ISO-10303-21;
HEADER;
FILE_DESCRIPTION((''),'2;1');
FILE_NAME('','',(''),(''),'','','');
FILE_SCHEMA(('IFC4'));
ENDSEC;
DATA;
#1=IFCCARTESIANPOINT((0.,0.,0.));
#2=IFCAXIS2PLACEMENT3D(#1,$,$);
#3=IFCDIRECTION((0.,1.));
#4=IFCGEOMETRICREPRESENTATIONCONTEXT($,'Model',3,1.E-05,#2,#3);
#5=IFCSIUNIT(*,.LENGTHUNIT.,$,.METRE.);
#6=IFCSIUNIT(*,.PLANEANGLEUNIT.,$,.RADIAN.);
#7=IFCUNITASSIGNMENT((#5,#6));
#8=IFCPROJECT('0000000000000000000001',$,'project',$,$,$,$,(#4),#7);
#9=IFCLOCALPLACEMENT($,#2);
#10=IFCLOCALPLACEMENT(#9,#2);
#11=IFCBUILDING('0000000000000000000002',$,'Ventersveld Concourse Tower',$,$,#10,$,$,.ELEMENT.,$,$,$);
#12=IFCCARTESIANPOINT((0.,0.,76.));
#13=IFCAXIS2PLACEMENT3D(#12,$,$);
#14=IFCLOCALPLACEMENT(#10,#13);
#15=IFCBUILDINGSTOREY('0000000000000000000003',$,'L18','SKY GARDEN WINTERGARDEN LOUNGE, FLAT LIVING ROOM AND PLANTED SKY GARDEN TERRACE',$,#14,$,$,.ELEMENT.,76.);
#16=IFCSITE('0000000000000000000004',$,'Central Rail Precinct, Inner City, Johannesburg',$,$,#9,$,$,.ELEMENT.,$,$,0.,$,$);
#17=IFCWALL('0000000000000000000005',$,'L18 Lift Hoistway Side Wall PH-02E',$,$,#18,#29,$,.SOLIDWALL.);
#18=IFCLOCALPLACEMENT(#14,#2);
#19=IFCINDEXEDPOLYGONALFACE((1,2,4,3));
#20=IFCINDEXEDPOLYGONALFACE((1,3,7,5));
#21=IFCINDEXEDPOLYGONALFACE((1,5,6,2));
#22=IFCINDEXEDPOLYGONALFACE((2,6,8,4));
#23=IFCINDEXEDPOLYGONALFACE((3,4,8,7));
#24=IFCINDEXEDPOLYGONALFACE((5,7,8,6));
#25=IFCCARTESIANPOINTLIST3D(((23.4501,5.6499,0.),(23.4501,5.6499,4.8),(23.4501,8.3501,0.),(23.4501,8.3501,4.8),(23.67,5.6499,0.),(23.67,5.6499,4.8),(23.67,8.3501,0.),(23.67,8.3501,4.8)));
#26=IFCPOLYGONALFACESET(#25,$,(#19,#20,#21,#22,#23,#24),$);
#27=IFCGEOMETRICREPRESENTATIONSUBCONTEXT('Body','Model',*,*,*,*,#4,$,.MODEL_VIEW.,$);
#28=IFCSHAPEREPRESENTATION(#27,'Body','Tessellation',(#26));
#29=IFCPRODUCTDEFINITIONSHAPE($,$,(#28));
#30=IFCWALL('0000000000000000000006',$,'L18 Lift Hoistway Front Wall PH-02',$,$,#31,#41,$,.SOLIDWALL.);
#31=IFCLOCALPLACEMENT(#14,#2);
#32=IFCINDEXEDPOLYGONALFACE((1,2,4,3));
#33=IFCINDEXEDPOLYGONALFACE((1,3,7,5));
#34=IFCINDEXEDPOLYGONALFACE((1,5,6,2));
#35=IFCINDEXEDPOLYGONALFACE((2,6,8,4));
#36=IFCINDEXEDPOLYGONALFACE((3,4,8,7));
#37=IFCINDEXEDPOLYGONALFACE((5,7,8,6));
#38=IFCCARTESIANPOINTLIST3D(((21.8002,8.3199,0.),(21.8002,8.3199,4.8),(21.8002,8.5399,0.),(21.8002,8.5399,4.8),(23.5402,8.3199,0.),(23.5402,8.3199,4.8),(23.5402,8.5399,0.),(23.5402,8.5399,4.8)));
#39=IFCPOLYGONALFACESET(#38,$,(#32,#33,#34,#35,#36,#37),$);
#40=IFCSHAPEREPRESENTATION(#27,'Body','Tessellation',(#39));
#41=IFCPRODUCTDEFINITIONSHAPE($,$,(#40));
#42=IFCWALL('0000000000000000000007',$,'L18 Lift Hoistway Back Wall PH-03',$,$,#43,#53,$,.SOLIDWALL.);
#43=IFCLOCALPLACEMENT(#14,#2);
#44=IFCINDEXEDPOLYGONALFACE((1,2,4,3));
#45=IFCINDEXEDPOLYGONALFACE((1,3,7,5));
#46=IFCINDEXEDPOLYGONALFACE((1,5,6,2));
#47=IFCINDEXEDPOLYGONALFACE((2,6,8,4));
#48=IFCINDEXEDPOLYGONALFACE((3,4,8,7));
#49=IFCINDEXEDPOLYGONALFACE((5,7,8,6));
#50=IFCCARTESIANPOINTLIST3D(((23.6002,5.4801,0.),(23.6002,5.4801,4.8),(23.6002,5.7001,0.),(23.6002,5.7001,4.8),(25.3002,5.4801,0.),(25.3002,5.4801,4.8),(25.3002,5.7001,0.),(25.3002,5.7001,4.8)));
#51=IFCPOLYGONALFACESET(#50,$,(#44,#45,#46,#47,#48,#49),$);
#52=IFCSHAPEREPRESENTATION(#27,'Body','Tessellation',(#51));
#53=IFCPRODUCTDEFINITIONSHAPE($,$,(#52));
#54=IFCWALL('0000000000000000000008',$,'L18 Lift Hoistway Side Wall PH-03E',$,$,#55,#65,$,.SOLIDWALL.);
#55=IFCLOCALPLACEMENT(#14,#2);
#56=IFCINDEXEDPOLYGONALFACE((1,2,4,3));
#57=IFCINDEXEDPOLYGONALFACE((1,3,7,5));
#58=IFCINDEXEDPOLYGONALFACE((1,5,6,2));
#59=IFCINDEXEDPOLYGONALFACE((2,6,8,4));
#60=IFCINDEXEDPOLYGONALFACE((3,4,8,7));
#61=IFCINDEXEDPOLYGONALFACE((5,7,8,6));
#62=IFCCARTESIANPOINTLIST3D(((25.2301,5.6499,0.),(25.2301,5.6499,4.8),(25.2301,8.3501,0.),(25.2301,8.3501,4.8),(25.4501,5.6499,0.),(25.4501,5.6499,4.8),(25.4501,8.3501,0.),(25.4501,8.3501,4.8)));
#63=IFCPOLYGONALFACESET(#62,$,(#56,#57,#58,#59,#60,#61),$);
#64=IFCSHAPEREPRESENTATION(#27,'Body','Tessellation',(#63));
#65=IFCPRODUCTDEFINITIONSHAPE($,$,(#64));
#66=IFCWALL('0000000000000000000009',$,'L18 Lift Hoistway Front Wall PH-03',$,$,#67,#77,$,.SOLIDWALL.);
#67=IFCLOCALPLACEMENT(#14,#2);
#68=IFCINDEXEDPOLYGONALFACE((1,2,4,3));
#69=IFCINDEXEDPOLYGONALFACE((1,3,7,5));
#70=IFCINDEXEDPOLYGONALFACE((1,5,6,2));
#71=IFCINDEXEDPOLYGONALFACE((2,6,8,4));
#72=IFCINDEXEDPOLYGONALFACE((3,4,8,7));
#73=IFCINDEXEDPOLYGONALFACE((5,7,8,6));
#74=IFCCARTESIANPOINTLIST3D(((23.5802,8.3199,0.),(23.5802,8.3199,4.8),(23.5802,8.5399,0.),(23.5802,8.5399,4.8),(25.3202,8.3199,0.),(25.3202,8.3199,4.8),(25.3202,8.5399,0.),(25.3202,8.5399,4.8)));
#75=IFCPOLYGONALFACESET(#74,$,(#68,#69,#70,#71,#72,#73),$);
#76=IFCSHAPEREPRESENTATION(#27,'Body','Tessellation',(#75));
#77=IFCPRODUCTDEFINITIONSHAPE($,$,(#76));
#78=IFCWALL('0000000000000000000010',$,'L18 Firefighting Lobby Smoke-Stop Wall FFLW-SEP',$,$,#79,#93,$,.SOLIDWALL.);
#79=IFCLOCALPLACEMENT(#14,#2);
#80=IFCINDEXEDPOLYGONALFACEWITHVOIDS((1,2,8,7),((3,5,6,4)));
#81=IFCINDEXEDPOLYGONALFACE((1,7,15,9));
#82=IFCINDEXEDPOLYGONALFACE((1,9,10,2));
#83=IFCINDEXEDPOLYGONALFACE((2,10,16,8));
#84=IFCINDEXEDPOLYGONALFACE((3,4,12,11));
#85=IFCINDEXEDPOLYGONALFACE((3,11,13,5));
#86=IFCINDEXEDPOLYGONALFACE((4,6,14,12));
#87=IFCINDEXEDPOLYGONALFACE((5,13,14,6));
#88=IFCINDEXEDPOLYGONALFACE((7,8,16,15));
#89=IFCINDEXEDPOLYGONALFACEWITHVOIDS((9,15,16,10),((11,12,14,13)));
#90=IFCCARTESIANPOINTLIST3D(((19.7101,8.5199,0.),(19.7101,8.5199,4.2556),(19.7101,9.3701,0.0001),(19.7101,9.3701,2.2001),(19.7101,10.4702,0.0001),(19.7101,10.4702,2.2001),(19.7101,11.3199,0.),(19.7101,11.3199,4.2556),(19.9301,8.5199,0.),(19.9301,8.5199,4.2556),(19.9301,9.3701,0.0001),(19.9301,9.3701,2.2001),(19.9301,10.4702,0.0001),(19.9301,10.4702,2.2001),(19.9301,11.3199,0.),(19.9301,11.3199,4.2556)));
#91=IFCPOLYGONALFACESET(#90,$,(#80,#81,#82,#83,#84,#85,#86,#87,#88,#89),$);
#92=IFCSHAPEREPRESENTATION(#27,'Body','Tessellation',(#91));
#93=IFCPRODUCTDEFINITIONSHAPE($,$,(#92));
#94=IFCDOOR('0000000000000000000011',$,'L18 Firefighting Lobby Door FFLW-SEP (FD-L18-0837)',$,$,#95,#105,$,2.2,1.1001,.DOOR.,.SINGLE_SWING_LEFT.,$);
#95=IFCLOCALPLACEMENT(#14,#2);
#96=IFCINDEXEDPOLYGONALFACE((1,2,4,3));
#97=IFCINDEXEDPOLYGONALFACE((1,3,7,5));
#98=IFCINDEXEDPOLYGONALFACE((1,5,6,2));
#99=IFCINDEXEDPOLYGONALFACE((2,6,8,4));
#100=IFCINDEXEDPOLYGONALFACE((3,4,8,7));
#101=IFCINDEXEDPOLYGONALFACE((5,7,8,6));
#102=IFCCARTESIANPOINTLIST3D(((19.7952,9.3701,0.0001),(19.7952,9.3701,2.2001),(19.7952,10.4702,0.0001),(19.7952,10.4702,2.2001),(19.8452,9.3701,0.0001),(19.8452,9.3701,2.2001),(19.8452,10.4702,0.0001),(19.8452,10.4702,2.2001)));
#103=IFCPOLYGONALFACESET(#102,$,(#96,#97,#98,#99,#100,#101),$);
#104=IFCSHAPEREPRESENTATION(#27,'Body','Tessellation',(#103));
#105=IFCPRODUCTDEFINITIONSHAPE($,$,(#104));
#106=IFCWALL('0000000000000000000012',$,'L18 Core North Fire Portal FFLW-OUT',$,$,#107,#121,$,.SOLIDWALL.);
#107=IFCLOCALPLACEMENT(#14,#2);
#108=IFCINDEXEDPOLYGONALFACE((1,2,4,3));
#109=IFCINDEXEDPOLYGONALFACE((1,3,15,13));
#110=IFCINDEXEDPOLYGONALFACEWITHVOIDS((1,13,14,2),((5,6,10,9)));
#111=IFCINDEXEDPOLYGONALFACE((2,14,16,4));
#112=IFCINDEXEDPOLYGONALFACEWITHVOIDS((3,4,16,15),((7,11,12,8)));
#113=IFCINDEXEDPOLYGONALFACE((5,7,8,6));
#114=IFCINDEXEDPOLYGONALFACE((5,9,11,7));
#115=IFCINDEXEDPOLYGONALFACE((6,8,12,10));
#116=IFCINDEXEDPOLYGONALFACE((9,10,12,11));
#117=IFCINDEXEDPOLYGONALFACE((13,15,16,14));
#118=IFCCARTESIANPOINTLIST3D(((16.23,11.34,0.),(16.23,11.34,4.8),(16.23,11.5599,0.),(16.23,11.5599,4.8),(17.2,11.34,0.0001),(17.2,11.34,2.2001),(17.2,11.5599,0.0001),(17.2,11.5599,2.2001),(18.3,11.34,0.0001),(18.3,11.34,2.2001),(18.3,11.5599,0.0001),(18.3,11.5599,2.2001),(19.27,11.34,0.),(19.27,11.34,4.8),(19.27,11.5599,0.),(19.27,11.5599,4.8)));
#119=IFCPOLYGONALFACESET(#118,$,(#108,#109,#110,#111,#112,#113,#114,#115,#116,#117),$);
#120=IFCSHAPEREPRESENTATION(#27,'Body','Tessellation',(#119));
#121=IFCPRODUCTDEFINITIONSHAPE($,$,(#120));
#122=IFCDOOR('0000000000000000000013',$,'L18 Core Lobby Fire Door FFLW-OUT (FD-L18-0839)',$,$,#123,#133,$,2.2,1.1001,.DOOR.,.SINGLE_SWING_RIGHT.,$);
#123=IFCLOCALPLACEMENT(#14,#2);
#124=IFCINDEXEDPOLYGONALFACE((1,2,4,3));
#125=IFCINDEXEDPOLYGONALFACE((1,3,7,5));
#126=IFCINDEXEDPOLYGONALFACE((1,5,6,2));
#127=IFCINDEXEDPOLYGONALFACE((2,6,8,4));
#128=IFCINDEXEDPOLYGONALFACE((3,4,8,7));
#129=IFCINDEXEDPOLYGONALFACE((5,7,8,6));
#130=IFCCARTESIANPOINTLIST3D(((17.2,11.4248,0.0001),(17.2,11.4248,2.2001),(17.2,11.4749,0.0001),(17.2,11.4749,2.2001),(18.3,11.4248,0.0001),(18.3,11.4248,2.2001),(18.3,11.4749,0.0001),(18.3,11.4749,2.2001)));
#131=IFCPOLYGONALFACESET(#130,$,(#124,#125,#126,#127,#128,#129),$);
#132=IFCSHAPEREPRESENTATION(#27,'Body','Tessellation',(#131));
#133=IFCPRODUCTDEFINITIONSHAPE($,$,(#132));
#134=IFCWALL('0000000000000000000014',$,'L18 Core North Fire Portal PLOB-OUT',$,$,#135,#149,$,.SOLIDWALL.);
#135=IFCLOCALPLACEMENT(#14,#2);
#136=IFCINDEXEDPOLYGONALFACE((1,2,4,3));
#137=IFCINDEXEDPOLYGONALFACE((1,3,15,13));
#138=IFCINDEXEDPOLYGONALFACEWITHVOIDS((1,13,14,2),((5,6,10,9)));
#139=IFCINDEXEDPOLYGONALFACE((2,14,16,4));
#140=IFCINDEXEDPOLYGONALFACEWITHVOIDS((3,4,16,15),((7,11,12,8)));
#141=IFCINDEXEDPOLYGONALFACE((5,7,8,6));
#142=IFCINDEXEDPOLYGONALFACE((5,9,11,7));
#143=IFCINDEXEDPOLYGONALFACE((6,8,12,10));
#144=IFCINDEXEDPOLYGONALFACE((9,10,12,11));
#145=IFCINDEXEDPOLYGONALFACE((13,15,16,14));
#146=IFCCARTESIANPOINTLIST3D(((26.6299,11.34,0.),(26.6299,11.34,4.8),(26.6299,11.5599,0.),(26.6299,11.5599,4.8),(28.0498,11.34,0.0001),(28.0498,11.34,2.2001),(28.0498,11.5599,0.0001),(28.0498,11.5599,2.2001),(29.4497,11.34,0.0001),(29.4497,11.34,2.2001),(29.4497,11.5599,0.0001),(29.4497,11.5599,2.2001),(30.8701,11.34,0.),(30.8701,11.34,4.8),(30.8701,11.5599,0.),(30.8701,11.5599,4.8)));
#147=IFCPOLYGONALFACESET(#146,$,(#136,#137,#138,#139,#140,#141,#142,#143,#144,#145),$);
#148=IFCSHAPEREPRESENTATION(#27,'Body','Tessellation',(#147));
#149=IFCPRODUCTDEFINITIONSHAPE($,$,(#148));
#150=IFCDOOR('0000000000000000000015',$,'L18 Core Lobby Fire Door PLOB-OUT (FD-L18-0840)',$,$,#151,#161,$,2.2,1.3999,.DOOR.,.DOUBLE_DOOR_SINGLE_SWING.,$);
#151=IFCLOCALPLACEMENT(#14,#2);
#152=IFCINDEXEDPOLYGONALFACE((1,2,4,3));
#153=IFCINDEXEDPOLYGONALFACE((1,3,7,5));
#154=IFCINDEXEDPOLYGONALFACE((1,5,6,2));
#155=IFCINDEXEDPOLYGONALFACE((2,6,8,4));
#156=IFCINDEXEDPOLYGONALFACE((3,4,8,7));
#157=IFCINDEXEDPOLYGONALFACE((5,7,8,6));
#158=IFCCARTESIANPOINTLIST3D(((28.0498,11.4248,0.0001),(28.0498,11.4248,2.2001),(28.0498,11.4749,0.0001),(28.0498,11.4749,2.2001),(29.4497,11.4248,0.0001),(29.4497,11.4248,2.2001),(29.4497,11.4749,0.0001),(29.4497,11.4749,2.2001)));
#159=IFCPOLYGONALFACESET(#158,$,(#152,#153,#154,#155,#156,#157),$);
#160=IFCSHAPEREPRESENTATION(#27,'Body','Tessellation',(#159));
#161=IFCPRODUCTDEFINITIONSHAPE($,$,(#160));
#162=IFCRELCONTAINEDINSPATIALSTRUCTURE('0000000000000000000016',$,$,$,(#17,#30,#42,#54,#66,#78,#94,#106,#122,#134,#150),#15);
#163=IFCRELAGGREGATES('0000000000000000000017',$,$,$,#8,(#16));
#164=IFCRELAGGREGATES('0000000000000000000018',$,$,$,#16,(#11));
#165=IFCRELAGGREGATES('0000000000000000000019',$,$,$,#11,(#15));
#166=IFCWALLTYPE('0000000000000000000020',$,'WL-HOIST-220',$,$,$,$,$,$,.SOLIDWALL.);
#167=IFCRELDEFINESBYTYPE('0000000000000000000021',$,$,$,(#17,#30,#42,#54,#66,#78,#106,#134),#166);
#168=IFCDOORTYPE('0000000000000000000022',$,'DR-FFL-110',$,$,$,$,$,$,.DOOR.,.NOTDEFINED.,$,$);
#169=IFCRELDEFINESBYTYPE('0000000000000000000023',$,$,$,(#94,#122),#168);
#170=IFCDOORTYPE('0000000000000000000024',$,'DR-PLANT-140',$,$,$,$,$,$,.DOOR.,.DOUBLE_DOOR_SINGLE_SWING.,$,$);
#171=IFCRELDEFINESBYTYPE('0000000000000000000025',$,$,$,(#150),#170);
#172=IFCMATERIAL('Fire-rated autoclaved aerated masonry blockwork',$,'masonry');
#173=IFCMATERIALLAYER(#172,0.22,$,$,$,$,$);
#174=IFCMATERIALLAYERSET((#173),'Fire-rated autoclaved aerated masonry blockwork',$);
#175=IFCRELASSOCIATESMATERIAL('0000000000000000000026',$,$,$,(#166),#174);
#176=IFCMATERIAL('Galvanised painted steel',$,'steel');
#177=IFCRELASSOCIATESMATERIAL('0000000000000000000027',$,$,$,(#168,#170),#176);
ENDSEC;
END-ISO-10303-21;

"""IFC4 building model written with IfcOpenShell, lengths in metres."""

from ifc_helpers import new_model, si_unit, direction, frame, frame_2d, origin, place, context, subcontext, project, spatial, rectangle, extrude, material, layer, layer_set, type_object, element, fill, save


model = new_model("IFC4")

# Units and contexts
model_context = context("Model", 3, precision=1e-05, world=origin(), true_north=direction((0.0, 1.0)))
body_context = subcontext(model_context, "Body", "Model", "MODEL_VIEW")
ifc_project = project(units=[si_unit("LENGTHUNIT", "METRE"), si_unit("PLANEANGLEUNIT", "RADIAN")], contexts=[model_context])

# Site, building, storey
site_placement = place(None, origin())
site = spatial("IfcSite", under=ifc_project, at=site_placement, Name="Central Rail Precinct, Inner City, Johannesburg", CompositionType="ELEMENT", RefElevation=0.0)
building_placement = place(site_placement, origin())
building = spatial("IfcBuilding", under=site, at=building_placement, Name="Ventersveld Concourse Tower", CompositionType="ELEMENT")
storey_placement = place(building_placement, frame((0.0, 0.0, 76.0)))
storey = spatial("IfcBuildingStorey", under=building, at=storey_placement, Name="L18", Description="SKY GARDEN WINTERGARDEN LOUNGE, FLAT LIVING ROOM AND PLANTED SKY GARDEN TERRACE", CompositionType="ELEMENT", Elevation=76.0)

# Shared definitions
ifc_material_1 = material(Name="Fire-rated autoclaved aerated masonry blockwork", Category="masonry")

# Shared definitions
ifc_layer_1 = layer(ifc_material_1, 0.22)
ifc_layer_set_1 = layer_set([ifc_layer_1], Name="Fire-rated autoclaved aerated masonry blockwork")
wall_type_1 = type_object("IfcWallType", Name="WL-HOIST-220", PredefinedType="SOLIDWALL", material=ifc_layer_set_1)

# Walls
wall_1_placement = place(storey_placement, frame((23.5601, 5.6499, 0.0), z_axis=(0.0, 0.0, 1.0), x_axis=(0.0, 1.0, 0.0)))
element("IfcWall", 1, at=wall_1_placement, inside=storey, type_object=wall_type_1, Name="L18 Lift Hoistway Side Wall PH-02E", PredefinedType="SOLIDWALL", context=body_context, shape_type="SweptSolid", body=[
    extrude(rectangle(XDim=2.7002, YDim=0.22, at=frame_2d((1.3501, 0.0))), origin(), (0.0, 0.0, 1.0), 4.8),
])
wall_2_placement = place(storey_placement, frame((21.8, 8.4299, 0.0), z_axis=(0.0, 0.0, 1.0), x_axis=(1.0, 0.0, 0.0)))
element("IfcWall", 2, at=wall_2_placement, inside=storey, type_object=wall_type_1, Name="L18 Lift Hoistway Front Wall PH-02", PredefinedType="SOLIDWALL", context=body_context, shape_type="SweptSolid", body=[
    extrude(rectangle(XDim=1.74, YDim=0.22, at=frame_2d((0.8701, 0.0))), origin(), (0.0, 0.0, 1.0), 4.8),
])
wall_3_placement = place(storey_placement, frame((23.6001, 5.5901, 0.0), z_axis=(0.0, 0.0, 1.0), x_axis=(1.0, 0.0, 0.0)))
element("IfcWall", 3, at=wall_3_placement, inside=storey, type_object=wall_type_1, Name="L18 Lift Hoistway Back Wall PH-03", PredefinedType="SOLIDWALL", context=body_context, shape_type="SweptSolid", body=[
    extrude(rectangle(XDim=1.7, YDim=0.22, at=frame_2d((0.8501, 0.0))), origin(), (0.0, 0.0, 1.0), 4.8),
])
wall_4_placement = place(storey_placement, frame((25.3401, 5.6499, 0.0), z_axis=(0.0, 0.0, 1.0), x_axis=(0.0, 1.0, 0.0)))
element("IfcWall", 4, at=wall_4_placement, inside=storey, type_object=wall_type_1, Name="L18 Lift Hoistway Side Wall PH-03E", PredefinedType="SOLIDWALL", context=body_context, shape_type="SweptSolid", body=[
    extrude(rectangle(XDim=2.7002, YDim=0.22, at=frame_2d((1.3501, 0.0))), origin(), (0.0, 0.0, 1.0), 4.8),
])
wall_5_placement = place(storey_placement, frame((23.5801, 8.4299, 0.0), z_axis=(0.0, 0.0, 1.0), x_axis=(1.0, 0.0, 0.0)))
element("IfcWall", 5, at=wall_5_placement, inside=storey, type_object=wall_type_1, Name="L18 Lift Hoistway Front Wall PH-03", PredefinedType="SOLIDWALL", context=body_context, shape_type="SweptSolid", body=[
    extrude(rectangle(XDim=1.74, YDim=0.22, at=frame_2d((0.8701, 0.0))), origin(), (0.0, 0.0, 1.0), 4.8),
])

# Walls, openings, doors
wall_6_placement = place(storey_placement, frame((19.8201, 8.52, 0.0), z_axis=(0.0, 0.0, 1.0), x_axis=(0.0, 1.0, 0.0)))
wall_6 = element("IfcWall", 6, at=wall_6_placement, inside=storey, type_object=wall_type_1, Name="L18 Firefighting Lobby Smoke-Stop Wall FFLW-SEP", PredefinedType="SOLIDWALL", context=body_context, shape_type="SweptSolid", body=[
    extrude(rectangle(XDim=2.8, YDim=0.22, at=frame_2d((1.3999, 0.0))), origin(), (0.0, 0.0, 1.0), 4.2556),
])
opening_1_placement = place(wall_6_placement, frame((0.8501, 0.0, 0.0)))
opening_1 = element("IfcOpeningElement", 7, at=opening_1_placement, cuts=wall_6, PredefinedType="OPENING", context=body_context, shape_type="SweptSolid", body=[
    extrude(rectangle(XDim=1.1001, YDim=2.2, at=frame_2d((0.55, 1.1001))), frame((0.0, 0.1201, 0.0), z_axis=(0.0, -1.0, 0.0), x_axis=(1.0, 0.0, 0.0)), (0.0, 0.0, 1.0), 0.24),
])
ifc_material_2 = material(Name="Galvanised painted steel", Category="steel")
door_type_1 = type_object("IfcDoorType", Name="DR-FFL-110", OperationType="NOTDEFINED", PredefinedType="DOOR", material=ifc_material_2)
door_1_placement = place(opening_1_placement, origin())
door_1 = element("IfcDoor", 8, at=door_1_placement, inside=storey, type_object=door_type_1, Name="L18 Firefighting Lobby Door FFLW-SEP (FD-L18-0837)", OperationType="SINGLE_SWING_LEFT", OverallHeight=2.2, OverallWidth=1.1001, PredefinedType="DOOR", context=body_context, shape_type="SweptSolid", body=[
    extrude(rectangle(XDim=1.1001, YDim=2.2, at=frame_2d((0.55, 1.1001))), frame((0.0, 0.0249, 0.0), z_axis=(0.0, -1.0, 0.0), x_axis=(1.0, 0.0, 0.0)), (0.0, 0.0, 1.0), 0.05),
])
fill(opening_1, door_1)
wall_7_placement = place(storey_placement, frame((16.23, 11.45, 0.0), z_axis=(0.0, 0.0, 1.0), x_axis=(1.0, 0.0, 0.0)))
wall_7 = element("IfcWall", 9, at=wall_7_placement, inside=storey, type_object=wall_type_1, Name="L18 Core North Fire Portal FFLW-OUT", PredefinedType="SOLIDWALL", context=body_context, shape_type="SweptSolid", body=[
    extrude(rectangle(XDim=3.04, YDim=0.22, at=frame_2d((1.52, 0.0))), origin(), (0.0, 0.0, 1.0), 4.8),
])
opening_2_placement = place(wall_7_placement, frame((0.97, 0.0, 0.0)))
opening_2 = element("IfcOpeningElement", 10, at=opening_2_placement, cuts=wall_7, PredefinedType="OPENING", context=body_context, shape_type="SweptSolid", body=[
    extrude(rectangle(XDim=1.1001, YDim=2.2, at=frame_2d((0.55, 1.1001))), frame((0.0, 0.1201, 0.0), z_axis=(0.0, -1.0, 0.0), x_axis=(1.0, 0.0, 0.0)), (0.0, 0.0, 1.0), 0.24),
])
door_2_placement = place(opening_2_placement, origin())
door_2 = element("IfcDoor", 11, at=door_2_placement, inside=storey, type_object=door_type_1, Name="L18 Core Lobby Fire Door FFLW-OUT (FD-L18-0839)", OperationType="SINGLE_SWING_RIGHT", OverallHeight=2.2, OverallWidth=1.1001, PredefinedType="DOOR", context=body_context, shape_type="SweptSolid", body=[
    extrude(rectangle(XDim=1.1001, YDim=2.2, at=frame_2d((0.55, 1.1001))), frame((0.0, 0.0249, 0.0), z_axis=(0.0, -1.0, 0.0), x_axis=(1.0, 0.0, 0.0)), (0.0, 0.0, 1.0), 0.05),
])
fill(opening_2, door_2)
wall_8_placement = place(storey_placement, frame((26.6299, 11.45, 0.0), z_axis=(0.0, 0.0, 1.0), x_axis=(1.0, 0.0, 0.0)))
wall_8 = element("IfcWall", 12, at=wall_8_placement, inside=storey, type_object=wall_type_1, Name="L18 Core North Fire Portal PLOB-OUT", PredefinedType="SOLIDWALL", context=body_context, shape_type="SweptSolid", body=[
    extrude(rectangle(XDim=4.2402, YDim=0.22, at=frame_2d((2.1201, 0.0))), origin(), (0.0, 0.0, 1.0), 4.8),
])
opening_3_placement = place(wall_8_placement, frame((1.4199, 0.0, 0.0)))
opening_3 = element("IfcOpeningElement", 13, at=opening_3_placement, cuts=wall_8, PredefinedType="OPENING", context=body_context, shape_type="SweptSolid", body=[
    extrude(rectangle(XDim=1.3999, YDim=2.2, at=frame_2d((0.7, 1.1001))), frame((0.0, 0.1201, 0.0), z_axis=(0.0, -1.0, 0.0), x_axis=(1.0, 0.0, 0.0)), (0.0, 0.0, 1.0), 0.24),
])
door_type_2 = type_object("IfcDoorType", Name="DR-PLANT-140", OperationType="DOUBLE_DOOR_SINGLE_SWING", PredefinedType="DOOR", material=ifc_material_2)
door_3_placement = place(opening_3_placement, origin())
door_3 = element("IfcDoor", 14, at=door_3_placement, inside=storey, type_object=door_type_2, Name="L18 Core Lobby Fire Door PLOB-OUT (FD-L18-0840)", OperationType="DOUBLE_DOOR_SINGLE_SWING", OverallHeight=2.2, OverallWidth=1.3999, PredefinedType="DOOR", context=body_context, shape_type="SweptSolid", body=[
    extrude(rectangle(XDim=1.3999, YDim=2.2, at=frame_2d((0.7, 1.1001))), frame((0.0, 0.0249, 0.0), z_axis=(0.0, -1.0, 0.0), x_axis=(1.0, 0.0, 0.0)), (0.0, 0.0, 1.0), 0.05),
])
fill(opening_3, door_3)

save(model, "model.ifc")
